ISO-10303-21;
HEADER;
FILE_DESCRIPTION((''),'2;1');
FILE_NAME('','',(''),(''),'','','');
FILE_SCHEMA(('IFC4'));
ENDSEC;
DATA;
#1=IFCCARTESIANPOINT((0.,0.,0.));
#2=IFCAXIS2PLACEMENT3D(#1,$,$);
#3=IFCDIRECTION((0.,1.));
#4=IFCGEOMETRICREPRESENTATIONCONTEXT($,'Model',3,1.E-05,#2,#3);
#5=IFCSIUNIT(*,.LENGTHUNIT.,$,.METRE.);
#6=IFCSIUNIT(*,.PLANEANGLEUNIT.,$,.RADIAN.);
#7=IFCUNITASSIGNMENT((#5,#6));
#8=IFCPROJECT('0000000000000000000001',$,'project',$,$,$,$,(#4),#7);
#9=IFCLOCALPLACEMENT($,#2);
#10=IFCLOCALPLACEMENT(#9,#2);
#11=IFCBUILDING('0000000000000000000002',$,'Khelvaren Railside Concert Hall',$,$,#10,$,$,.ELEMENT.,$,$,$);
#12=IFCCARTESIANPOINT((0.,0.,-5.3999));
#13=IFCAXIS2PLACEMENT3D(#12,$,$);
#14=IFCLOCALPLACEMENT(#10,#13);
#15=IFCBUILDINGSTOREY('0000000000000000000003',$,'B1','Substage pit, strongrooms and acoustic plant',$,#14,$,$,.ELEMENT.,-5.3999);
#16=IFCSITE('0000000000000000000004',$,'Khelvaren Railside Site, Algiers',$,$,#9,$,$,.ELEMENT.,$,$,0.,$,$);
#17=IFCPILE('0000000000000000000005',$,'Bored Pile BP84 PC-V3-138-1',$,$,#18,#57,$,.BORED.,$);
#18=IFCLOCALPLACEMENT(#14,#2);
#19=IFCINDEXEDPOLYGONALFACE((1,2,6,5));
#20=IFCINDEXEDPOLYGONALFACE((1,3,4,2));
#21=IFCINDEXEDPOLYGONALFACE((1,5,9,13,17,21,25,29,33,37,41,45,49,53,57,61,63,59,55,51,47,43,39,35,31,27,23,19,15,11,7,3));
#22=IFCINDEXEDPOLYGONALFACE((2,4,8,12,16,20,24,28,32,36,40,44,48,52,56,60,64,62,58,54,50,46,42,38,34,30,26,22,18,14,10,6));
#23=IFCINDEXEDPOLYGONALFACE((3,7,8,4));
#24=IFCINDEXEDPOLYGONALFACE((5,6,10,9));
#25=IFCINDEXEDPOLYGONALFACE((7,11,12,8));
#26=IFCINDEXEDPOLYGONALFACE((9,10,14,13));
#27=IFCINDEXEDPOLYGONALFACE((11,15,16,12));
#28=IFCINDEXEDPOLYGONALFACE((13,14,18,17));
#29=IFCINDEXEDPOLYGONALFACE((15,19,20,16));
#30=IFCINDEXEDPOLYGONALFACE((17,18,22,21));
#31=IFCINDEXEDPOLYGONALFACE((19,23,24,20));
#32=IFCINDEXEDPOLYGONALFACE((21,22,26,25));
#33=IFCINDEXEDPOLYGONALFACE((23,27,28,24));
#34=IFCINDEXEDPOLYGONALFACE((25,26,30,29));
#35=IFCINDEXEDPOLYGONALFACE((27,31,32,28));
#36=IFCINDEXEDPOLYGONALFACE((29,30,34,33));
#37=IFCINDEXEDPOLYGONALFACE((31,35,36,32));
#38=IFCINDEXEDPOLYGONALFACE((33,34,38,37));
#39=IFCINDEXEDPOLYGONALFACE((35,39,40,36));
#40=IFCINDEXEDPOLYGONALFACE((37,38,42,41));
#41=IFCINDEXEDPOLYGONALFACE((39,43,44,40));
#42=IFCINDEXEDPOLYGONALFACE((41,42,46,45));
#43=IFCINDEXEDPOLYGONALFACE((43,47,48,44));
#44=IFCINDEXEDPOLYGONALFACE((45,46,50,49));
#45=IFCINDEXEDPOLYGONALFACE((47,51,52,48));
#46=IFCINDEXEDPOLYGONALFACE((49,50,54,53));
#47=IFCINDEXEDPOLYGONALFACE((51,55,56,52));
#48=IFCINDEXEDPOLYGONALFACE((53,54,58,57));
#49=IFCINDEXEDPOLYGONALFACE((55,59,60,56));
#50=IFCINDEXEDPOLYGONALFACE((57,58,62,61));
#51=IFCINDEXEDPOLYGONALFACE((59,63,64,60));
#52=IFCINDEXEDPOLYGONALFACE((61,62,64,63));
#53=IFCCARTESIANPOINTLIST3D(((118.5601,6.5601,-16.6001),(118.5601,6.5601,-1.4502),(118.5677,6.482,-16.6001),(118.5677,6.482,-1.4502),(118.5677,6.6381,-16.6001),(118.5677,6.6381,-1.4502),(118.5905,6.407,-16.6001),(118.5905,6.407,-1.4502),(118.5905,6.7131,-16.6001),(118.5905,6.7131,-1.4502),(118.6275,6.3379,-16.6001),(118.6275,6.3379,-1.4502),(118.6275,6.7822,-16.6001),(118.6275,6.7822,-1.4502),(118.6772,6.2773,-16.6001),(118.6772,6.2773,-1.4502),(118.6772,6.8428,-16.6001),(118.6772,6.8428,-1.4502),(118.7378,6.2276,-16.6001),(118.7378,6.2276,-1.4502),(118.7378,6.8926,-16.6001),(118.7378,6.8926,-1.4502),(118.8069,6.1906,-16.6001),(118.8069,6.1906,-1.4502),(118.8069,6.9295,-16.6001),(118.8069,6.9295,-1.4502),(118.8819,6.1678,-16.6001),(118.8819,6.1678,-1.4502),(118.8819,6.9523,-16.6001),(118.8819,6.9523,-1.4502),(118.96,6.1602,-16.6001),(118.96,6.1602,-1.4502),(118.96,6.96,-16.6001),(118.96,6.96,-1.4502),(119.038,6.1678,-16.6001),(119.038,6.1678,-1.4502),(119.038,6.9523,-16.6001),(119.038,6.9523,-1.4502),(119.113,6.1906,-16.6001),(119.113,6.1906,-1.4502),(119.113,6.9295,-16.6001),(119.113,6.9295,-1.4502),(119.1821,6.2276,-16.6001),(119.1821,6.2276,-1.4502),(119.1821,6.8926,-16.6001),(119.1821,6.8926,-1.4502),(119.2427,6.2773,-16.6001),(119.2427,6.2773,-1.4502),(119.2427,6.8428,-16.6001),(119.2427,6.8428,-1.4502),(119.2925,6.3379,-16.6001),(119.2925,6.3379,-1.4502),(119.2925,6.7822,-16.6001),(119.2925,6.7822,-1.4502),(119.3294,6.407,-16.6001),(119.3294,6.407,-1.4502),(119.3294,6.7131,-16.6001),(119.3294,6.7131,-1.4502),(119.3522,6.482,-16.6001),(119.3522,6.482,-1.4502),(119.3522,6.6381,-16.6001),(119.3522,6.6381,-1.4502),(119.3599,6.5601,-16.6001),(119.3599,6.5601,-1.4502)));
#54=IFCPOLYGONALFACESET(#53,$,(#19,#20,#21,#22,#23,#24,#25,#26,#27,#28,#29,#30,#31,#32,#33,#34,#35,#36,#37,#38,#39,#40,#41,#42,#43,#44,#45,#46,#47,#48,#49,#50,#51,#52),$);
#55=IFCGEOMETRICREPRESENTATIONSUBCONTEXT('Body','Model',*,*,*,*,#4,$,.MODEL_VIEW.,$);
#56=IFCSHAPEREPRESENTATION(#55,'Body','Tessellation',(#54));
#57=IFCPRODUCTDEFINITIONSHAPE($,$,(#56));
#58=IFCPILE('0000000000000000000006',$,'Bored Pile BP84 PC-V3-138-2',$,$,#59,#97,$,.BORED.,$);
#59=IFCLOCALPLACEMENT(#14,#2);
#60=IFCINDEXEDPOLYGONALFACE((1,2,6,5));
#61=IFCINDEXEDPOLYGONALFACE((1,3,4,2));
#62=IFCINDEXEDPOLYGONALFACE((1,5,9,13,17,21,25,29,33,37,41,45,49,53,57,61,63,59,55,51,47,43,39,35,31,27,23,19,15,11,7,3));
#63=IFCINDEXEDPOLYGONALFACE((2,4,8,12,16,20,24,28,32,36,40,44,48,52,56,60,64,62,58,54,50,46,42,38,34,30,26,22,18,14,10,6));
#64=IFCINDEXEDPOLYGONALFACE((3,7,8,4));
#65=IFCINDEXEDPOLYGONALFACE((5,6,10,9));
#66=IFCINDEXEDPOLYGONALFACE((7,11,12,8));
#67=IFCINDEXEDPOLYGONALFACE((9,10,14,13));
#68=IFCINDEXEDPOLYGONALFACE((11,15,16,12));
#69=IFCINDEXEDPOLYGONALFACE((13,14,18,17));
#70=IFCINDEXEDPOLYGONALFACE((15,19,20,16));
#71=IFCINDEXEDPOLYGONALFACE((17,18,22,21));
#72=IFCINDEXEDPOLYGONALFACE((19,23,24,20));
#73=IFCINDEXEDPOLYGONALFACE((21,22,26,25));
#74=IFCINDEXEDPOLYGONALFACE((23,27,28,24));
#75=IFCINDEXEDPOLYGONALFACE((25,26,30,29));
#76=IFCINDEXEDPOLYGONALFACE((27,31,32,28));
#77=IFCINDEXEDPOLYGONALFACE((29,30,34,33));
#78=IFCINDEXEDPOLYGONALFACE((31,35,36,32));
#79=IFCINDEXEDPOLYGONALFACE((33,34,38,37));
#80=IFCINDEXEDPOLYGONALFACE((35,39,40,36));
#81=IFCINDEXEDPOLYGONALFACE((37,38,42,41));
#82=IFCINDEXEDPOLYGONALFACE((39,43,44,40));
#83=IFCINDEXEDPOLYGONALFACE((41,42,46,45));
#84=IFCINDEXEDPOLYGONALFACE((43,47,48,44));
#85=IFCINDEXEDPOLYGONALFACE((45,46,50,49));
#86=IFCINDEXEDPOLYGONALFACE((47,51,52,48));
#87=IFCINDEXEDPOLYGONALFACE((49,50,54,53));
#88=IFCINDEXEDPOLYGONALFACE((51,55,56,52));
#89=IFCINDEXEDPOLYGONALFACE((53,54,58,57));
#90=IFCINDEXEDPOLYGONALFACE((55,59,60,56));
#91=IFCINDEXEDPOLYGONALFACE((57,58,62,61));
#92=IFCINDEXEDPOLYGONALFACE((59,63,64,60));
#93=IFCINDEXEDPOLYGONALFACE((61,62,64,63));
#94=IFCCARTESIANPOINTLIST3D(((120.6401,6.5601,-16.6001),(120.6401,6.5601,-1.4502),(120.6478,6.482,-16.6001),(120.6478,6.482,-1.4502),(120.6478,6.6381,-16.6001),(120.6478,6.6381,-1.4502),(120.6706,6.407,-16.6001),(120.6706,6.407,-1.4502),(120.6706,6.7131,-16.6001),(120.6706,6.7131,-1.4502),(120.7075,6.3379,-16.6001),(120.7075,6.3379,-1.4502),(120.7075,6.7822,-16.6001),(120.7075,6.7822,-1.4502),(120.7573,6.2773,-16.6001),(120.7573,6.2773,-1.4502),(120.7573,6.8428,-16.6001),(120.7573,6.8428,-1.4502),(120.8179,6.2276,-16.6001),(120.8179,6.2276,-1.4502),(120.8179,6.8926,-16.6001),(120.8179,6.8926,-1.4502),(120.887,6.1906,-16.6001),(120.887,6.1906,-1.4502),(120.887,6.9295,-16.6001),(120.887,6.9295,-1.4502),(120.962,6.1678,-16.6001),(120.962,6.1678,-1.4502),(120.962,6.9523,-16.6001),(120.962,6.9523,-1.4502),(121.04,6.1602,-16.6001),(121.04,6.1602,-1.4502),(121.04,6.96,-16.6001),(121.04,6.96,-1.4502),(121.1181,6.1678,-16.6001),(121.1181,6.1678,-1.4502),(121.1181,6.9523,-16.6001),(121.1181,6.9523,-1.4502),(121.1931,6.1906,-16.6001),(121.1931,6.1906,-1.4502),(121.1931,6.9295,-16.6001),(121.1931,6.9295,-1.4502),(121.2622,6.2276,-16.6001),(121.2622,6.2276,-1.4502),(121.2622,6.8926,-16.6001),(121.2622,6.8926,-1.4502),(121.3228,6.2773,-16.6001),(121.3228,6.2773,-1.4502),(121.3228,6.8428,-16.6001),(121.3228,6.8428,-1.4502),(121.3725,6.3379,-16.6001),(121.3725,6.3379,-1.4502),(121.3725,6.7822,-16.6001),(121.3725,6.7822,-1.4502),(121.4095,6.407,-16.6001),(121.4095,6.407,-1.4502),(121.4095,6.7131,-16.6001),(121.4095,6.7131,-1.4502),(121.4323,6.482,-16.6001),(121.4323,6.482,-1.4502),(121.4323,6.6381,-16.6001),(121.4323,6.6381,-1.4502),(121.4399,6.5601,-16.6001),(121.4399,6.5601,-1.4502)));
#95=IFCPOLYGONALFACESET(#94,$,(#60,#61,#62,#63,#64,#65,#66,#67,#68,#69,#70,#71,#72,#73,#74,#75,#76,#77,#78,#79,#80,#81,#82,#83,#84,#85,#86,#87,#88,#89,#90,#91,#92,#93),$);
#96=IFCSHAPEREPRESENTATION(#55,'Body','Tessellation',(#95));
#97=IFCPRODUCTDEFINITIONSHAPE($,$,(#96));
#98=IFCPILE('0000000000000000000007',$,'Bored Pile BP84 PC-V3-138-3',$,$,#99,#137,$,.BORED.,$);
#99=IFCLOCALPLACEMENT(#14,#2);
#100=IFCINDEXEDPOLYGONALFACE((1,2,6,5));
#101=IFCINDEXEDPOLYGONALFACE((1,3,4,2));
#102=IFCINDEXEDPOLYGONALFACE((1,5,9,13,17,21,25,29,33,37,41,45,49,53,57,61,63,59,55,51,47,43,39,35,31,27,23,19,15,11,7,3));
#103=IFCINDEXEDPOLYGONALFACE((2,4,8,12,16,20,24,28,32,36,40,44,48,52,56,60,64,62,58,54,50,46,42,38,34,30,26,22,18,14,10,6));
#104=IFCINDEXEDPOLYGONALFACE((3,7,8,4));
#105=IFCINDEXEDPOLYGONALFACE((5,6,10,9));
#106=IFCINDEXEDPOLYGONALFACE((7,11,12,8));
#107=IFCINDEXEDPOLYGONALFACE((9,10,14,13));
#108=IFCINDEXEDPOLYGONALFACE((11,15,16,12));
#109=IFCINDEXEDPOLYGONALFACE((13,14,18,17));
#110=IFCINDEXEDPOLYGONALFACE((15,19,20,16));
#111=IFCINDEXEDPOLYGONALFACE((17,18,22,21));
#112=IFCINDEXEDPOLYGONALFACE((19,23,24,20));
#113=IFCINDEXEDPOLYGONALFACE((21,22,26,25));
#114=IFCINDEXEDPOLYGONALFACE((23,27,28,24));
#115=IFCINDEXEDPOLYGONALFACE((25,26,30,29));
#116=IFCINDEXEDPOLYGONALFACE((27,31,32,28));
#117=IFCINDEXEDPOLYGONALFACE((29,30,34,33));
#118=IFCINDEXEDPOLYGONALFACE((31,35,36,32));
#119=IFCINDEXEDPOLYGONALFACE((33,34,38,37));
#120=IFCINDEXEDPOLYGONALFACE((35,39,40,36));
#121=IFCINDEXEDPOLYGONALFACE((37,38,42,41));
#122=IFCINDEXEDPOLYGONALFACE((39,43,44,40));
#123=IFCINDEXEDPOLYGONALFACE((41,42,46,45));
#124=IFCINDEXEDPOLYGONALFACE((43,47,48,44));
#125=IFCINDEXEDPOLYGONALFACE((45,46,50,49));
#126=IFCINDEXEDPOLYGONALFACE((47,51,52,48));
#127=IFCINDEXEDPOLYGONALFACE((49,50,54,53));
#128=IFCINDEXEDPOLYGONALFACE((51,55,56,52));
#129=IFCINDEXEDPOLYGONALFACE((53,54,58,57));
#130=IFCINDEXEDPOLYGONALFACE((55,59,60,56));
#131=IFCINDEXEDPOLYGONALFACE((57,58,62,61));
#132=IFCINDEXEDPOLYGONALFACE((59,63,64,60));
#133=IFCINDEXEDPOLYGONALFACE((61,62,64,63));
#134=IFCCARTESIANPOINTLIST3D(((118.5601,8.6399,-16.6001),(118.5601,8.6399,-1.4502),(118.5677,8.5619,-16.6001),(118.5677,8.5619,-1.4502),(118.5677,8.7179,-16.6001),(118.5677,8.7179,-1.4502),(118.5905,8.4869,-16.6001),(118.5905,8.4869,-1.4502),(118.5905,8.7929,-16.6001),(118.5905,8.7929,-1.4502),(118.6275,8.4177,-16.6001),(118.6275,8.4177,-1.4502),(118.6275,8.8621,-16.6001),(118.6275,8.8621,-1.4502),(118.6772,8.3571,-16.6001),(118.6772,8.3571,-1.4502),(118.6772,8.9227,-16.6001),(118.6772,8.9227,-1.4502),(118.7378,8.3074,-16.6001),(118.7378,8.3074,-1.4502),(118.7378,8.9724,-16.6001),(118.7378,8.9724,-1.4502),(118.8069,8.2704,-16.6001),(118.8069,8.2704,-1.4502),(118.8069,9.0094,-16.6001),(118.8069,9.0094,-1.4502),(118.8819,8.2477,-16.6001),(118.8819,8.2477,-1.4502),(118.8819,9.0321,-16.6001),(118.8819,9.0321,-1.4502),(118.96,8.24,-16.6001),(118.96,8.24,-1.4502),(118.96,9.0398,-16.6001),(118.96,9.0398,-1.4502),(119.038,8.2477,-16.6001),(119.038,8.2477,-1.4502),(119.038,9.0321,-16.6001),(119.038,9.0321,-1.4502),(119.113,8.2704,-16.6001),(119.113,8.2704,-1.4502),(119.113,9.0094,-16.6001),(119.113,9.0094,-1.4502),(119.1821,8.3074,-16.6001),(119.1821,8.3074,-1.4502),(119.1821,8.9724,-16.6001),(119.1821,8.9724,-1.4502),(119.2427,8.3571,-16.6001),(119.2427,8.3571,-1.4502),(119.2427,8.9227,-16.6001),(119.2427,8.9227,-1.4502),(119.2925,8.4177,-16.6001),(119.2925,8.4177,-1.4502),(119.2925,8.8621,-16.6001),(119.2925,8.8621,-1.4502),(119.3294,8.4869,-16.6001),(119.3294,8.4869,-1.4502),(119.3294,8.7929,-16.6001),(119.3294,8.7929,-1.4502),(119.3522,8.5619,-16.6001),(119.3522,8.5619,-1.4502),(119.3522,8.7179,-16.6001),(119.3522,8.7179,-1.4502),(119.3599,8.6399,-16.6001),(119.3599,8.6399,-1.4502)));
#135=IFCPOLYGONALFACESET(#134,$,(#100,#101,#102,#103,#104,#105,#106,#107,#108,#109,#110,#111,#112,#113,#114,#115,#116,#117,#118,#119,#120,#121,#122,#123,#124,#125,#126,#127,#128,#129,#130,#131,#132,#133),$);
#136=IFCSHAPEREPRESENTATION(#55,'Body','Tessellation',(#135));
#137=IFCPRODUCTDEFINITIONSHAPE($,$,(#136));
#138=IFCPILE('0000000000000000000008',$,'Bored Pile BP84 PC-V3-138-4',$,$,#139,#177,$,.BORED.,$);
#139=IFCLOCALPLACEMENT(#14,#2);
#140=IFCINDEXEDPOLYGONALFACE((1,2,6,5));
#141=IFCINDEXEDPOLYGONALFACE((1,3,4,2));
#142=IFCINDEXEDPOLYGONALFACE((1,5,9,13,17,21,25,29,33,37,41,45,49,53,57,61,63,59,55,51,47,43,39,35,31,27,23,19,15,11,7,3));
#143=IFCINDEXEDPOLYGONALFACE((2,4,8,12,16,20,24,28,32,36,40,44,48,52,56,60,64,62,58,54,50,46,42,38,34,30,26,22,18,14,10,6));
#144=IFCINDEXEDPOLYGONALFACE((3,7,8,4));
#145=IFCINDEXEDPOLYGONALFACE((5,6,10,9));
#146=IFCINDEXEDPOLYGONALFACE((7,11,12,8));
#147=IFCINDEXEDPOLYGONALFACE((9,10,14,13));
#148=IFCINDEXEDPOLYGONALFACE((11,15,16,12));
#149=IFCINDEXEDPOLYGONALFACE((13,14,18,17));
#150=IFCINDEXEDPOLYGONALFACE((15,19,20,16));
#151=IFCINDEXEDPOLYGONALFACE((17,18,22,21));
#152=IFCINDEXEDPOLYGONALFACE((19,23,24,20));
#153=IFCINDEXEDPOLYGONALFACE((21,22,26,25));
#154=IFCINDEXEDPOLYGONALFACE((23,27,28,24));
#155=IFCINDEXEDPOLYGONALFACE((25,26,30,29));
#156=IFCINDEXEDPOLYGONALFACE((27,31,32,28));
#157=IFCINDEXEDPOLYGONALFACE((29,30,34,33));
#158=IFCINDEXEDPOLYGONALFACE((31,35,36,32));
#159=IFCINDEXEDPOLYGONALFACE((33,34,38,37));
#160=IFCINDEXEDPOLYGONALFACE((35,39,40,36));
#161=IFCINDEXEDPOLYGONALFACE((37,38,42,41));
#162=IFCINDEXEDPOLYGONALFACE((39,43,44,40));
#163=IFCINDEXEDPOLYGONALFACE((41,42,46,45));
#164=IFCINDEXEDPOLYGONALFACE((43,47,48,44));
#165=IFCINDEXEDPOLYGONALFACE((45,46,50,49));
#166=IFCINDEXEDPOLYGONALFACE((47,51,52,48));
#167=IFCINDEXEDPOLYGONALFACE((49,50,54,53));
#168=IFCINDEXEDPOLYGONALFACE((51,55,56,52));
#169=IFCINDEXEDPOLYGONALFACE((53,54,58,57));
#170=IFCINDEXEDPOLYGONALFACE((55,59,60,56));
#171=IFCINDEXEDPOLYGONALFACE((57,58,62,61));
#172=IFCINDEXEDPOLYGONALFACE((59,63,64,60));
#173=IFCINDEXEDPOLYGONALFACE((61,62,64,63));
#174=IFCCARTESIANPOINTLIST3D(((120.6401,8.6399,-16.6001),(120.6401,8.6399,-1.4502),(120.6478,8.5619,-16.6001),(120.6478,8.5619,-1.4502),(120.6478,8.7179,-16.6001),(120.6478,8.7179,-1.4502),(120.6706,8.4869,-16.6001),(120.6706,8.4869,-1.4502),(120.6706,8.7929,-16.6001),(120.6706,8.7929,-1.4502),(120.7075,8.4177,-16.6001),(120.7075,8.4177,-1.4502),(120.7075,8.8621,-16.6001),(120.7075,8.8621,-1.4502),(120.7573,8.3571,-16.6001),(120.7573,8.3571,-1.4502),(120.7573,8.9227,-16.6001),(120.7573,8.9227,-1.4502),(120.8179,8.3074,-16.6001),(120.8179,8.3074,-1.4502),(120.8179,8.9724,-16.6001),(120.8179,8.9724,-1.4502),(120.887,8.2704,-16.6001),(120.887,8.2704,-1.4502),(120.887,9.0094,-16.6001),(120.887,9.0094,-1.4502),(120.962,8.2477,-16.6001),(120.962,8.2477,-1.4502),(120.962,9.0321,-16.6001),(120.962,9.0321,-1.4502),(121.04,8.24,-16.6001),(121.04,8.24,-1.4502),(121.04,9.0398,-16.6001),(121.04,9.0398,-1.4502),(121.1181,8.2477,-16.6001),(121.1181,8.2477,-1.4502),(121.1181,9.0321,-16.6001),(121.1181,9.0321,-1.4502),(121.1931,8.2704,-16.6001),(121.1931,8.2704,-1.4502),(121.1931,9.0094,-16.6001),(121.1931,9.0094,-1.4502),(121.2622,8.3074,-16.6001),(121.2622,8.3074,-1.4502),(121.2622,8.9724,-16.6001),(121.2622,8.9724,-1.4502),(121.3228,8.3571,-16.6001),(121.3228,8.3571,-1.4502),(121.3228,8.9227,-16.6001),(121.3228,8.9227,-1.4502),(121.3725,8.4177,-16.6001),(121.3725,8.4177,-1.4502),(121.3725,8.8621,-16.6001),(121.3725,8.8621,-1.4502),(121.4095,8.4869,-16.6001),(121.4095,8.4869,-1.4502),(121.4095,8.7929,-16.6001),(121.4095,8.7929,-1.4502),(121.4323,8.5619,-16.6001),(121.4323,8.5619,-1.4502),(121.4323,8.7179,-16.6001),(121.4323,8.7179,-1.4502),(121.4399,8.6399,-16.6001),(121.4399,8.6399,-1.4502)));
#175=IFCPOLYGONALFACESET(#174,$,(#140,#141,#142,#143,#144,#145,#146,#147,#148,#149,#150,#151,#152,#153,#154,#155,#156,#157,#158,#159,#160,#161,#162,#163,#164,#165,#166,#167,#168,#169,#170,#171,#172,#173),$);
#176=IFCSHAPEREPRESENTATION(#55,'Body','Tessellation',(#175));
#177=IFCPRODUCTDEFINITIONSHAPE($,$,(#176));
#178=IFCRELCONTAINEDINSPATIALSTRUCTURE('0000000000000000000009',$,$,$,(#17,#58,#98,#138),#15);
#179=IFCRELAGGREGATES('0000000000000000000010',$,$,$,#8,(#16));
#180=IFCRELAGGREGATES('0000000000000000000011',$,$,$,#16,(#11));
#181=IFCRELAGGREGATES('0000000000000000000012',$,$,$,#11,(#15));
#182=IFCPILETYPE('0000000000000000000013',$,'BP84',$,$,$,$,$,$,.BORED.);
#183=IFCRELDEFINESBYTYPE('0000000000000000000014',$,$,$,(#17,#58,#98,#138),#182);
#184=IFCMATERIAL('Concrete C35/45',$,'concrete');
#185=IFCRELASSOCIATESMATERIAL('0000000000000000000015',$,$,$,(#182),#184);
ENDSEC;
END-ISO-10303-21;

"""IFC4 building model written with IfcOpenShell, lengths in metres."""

from ifc_helpers import new_model, si_unit, direction, frame, origin, origin_2d, place, context, subcontext, project, spatial, circle, extrude, material, material_profile, profile_set, type_object, element, save


model = new_model("IFC4")

# Units and contexts
model_context = context("Model", 3, precision=1e-05, world=origin(), true_north=direction((0.0, 1.0)))
body_context = subcontext(model_context, "Body", "Model", "MODEL_VIEW")
ifc_project = project(units=[si_unit("LENGTHUNIT", "METRE"), si_unit("PLANEANGLEUNIT", "RADIAN")], contexts=[model_context])

# Site, building, storey
site_placement = place(None, origin())
site = spatial("IfcSite", under=ifc_project, at=site_placement, Name="Khelvaren Railside Site, Algiers", CompositionType="ELEMENT", RefElevation=0.0)
building_placement = place(site_placement, origin())
building = spatial("IfcBuilding", under=site, at=building_placement, Name="Khelvaren Railside Concert Hall", CompositionType="ELEMENT")
storey_placement = place(building_placement, frame((0.0, 0.0, -5.3999)))
storey = spatial("IfcBuildingStorey", under=building, at=storey_placement, Name="B1", Description="Substage pit, strongrooms and acoustic plant", CompositionType="ELEMENT", Elevation=-5.3999)

# Piles
ifc_material_1 = material(Name="Concrete C35/45", Category="concrete")
ifc_material_profile_1 = material_profile(ifc_material_1, circle(Radius=0.3999, at=origin_2d()), Name="BP D800")
ifc_profile_set_1 = profile_set([ifc_material_profile_1], Name="Concrete C35/45")
pile_type_1 = type_object("IfcPileType", Name="BP84", PredefinedType="BORED", material=ifc_profile_set_1)
for number, where, z_axis, x_axis, name in (
    (1, (118.96, 6.5601, -1.4502), (0.0, 0.0, -1.0), (1.0, 0.0, 0.0), "Bored Pile BP84 PC-V3-138-1"),
    (2, (121.04, 6.5601, -1.4502), (0.0, 0.0, -1.0), (1.0, 0.0, 0.0), "Bored Pile BP84 PC-V3-138-2"),
    (3, (118.96, 8.6399, -1.4502), (0.0, 0.0, -1.0), (1.0, 0.0, 0.0), "Bored Pile BP84 PC-V3-138-3"),
    (4, (121.04, 8.6399, -1.4502), (0.0, 0.0, -1.0), (1.0, 0.0, 0.0), "Bored Pile BP84 PC-V3-138-4"),
):
    element("IfcPile", number, at=place(storey_placement, frame(where, z_axis=z_axis, x_axis=x_axis)), inside=storey, type_object=pile_type_1, Name=name, PredefinedType="BORED", context=body_context, shape_type="SweptSolid", body=[
        extrude(circle(Radius=0.3999, at=origin_2d()), origin(), (0.0, 0.0, 1.0), 15.1499),
    ])

save(model, "model.ifc")
